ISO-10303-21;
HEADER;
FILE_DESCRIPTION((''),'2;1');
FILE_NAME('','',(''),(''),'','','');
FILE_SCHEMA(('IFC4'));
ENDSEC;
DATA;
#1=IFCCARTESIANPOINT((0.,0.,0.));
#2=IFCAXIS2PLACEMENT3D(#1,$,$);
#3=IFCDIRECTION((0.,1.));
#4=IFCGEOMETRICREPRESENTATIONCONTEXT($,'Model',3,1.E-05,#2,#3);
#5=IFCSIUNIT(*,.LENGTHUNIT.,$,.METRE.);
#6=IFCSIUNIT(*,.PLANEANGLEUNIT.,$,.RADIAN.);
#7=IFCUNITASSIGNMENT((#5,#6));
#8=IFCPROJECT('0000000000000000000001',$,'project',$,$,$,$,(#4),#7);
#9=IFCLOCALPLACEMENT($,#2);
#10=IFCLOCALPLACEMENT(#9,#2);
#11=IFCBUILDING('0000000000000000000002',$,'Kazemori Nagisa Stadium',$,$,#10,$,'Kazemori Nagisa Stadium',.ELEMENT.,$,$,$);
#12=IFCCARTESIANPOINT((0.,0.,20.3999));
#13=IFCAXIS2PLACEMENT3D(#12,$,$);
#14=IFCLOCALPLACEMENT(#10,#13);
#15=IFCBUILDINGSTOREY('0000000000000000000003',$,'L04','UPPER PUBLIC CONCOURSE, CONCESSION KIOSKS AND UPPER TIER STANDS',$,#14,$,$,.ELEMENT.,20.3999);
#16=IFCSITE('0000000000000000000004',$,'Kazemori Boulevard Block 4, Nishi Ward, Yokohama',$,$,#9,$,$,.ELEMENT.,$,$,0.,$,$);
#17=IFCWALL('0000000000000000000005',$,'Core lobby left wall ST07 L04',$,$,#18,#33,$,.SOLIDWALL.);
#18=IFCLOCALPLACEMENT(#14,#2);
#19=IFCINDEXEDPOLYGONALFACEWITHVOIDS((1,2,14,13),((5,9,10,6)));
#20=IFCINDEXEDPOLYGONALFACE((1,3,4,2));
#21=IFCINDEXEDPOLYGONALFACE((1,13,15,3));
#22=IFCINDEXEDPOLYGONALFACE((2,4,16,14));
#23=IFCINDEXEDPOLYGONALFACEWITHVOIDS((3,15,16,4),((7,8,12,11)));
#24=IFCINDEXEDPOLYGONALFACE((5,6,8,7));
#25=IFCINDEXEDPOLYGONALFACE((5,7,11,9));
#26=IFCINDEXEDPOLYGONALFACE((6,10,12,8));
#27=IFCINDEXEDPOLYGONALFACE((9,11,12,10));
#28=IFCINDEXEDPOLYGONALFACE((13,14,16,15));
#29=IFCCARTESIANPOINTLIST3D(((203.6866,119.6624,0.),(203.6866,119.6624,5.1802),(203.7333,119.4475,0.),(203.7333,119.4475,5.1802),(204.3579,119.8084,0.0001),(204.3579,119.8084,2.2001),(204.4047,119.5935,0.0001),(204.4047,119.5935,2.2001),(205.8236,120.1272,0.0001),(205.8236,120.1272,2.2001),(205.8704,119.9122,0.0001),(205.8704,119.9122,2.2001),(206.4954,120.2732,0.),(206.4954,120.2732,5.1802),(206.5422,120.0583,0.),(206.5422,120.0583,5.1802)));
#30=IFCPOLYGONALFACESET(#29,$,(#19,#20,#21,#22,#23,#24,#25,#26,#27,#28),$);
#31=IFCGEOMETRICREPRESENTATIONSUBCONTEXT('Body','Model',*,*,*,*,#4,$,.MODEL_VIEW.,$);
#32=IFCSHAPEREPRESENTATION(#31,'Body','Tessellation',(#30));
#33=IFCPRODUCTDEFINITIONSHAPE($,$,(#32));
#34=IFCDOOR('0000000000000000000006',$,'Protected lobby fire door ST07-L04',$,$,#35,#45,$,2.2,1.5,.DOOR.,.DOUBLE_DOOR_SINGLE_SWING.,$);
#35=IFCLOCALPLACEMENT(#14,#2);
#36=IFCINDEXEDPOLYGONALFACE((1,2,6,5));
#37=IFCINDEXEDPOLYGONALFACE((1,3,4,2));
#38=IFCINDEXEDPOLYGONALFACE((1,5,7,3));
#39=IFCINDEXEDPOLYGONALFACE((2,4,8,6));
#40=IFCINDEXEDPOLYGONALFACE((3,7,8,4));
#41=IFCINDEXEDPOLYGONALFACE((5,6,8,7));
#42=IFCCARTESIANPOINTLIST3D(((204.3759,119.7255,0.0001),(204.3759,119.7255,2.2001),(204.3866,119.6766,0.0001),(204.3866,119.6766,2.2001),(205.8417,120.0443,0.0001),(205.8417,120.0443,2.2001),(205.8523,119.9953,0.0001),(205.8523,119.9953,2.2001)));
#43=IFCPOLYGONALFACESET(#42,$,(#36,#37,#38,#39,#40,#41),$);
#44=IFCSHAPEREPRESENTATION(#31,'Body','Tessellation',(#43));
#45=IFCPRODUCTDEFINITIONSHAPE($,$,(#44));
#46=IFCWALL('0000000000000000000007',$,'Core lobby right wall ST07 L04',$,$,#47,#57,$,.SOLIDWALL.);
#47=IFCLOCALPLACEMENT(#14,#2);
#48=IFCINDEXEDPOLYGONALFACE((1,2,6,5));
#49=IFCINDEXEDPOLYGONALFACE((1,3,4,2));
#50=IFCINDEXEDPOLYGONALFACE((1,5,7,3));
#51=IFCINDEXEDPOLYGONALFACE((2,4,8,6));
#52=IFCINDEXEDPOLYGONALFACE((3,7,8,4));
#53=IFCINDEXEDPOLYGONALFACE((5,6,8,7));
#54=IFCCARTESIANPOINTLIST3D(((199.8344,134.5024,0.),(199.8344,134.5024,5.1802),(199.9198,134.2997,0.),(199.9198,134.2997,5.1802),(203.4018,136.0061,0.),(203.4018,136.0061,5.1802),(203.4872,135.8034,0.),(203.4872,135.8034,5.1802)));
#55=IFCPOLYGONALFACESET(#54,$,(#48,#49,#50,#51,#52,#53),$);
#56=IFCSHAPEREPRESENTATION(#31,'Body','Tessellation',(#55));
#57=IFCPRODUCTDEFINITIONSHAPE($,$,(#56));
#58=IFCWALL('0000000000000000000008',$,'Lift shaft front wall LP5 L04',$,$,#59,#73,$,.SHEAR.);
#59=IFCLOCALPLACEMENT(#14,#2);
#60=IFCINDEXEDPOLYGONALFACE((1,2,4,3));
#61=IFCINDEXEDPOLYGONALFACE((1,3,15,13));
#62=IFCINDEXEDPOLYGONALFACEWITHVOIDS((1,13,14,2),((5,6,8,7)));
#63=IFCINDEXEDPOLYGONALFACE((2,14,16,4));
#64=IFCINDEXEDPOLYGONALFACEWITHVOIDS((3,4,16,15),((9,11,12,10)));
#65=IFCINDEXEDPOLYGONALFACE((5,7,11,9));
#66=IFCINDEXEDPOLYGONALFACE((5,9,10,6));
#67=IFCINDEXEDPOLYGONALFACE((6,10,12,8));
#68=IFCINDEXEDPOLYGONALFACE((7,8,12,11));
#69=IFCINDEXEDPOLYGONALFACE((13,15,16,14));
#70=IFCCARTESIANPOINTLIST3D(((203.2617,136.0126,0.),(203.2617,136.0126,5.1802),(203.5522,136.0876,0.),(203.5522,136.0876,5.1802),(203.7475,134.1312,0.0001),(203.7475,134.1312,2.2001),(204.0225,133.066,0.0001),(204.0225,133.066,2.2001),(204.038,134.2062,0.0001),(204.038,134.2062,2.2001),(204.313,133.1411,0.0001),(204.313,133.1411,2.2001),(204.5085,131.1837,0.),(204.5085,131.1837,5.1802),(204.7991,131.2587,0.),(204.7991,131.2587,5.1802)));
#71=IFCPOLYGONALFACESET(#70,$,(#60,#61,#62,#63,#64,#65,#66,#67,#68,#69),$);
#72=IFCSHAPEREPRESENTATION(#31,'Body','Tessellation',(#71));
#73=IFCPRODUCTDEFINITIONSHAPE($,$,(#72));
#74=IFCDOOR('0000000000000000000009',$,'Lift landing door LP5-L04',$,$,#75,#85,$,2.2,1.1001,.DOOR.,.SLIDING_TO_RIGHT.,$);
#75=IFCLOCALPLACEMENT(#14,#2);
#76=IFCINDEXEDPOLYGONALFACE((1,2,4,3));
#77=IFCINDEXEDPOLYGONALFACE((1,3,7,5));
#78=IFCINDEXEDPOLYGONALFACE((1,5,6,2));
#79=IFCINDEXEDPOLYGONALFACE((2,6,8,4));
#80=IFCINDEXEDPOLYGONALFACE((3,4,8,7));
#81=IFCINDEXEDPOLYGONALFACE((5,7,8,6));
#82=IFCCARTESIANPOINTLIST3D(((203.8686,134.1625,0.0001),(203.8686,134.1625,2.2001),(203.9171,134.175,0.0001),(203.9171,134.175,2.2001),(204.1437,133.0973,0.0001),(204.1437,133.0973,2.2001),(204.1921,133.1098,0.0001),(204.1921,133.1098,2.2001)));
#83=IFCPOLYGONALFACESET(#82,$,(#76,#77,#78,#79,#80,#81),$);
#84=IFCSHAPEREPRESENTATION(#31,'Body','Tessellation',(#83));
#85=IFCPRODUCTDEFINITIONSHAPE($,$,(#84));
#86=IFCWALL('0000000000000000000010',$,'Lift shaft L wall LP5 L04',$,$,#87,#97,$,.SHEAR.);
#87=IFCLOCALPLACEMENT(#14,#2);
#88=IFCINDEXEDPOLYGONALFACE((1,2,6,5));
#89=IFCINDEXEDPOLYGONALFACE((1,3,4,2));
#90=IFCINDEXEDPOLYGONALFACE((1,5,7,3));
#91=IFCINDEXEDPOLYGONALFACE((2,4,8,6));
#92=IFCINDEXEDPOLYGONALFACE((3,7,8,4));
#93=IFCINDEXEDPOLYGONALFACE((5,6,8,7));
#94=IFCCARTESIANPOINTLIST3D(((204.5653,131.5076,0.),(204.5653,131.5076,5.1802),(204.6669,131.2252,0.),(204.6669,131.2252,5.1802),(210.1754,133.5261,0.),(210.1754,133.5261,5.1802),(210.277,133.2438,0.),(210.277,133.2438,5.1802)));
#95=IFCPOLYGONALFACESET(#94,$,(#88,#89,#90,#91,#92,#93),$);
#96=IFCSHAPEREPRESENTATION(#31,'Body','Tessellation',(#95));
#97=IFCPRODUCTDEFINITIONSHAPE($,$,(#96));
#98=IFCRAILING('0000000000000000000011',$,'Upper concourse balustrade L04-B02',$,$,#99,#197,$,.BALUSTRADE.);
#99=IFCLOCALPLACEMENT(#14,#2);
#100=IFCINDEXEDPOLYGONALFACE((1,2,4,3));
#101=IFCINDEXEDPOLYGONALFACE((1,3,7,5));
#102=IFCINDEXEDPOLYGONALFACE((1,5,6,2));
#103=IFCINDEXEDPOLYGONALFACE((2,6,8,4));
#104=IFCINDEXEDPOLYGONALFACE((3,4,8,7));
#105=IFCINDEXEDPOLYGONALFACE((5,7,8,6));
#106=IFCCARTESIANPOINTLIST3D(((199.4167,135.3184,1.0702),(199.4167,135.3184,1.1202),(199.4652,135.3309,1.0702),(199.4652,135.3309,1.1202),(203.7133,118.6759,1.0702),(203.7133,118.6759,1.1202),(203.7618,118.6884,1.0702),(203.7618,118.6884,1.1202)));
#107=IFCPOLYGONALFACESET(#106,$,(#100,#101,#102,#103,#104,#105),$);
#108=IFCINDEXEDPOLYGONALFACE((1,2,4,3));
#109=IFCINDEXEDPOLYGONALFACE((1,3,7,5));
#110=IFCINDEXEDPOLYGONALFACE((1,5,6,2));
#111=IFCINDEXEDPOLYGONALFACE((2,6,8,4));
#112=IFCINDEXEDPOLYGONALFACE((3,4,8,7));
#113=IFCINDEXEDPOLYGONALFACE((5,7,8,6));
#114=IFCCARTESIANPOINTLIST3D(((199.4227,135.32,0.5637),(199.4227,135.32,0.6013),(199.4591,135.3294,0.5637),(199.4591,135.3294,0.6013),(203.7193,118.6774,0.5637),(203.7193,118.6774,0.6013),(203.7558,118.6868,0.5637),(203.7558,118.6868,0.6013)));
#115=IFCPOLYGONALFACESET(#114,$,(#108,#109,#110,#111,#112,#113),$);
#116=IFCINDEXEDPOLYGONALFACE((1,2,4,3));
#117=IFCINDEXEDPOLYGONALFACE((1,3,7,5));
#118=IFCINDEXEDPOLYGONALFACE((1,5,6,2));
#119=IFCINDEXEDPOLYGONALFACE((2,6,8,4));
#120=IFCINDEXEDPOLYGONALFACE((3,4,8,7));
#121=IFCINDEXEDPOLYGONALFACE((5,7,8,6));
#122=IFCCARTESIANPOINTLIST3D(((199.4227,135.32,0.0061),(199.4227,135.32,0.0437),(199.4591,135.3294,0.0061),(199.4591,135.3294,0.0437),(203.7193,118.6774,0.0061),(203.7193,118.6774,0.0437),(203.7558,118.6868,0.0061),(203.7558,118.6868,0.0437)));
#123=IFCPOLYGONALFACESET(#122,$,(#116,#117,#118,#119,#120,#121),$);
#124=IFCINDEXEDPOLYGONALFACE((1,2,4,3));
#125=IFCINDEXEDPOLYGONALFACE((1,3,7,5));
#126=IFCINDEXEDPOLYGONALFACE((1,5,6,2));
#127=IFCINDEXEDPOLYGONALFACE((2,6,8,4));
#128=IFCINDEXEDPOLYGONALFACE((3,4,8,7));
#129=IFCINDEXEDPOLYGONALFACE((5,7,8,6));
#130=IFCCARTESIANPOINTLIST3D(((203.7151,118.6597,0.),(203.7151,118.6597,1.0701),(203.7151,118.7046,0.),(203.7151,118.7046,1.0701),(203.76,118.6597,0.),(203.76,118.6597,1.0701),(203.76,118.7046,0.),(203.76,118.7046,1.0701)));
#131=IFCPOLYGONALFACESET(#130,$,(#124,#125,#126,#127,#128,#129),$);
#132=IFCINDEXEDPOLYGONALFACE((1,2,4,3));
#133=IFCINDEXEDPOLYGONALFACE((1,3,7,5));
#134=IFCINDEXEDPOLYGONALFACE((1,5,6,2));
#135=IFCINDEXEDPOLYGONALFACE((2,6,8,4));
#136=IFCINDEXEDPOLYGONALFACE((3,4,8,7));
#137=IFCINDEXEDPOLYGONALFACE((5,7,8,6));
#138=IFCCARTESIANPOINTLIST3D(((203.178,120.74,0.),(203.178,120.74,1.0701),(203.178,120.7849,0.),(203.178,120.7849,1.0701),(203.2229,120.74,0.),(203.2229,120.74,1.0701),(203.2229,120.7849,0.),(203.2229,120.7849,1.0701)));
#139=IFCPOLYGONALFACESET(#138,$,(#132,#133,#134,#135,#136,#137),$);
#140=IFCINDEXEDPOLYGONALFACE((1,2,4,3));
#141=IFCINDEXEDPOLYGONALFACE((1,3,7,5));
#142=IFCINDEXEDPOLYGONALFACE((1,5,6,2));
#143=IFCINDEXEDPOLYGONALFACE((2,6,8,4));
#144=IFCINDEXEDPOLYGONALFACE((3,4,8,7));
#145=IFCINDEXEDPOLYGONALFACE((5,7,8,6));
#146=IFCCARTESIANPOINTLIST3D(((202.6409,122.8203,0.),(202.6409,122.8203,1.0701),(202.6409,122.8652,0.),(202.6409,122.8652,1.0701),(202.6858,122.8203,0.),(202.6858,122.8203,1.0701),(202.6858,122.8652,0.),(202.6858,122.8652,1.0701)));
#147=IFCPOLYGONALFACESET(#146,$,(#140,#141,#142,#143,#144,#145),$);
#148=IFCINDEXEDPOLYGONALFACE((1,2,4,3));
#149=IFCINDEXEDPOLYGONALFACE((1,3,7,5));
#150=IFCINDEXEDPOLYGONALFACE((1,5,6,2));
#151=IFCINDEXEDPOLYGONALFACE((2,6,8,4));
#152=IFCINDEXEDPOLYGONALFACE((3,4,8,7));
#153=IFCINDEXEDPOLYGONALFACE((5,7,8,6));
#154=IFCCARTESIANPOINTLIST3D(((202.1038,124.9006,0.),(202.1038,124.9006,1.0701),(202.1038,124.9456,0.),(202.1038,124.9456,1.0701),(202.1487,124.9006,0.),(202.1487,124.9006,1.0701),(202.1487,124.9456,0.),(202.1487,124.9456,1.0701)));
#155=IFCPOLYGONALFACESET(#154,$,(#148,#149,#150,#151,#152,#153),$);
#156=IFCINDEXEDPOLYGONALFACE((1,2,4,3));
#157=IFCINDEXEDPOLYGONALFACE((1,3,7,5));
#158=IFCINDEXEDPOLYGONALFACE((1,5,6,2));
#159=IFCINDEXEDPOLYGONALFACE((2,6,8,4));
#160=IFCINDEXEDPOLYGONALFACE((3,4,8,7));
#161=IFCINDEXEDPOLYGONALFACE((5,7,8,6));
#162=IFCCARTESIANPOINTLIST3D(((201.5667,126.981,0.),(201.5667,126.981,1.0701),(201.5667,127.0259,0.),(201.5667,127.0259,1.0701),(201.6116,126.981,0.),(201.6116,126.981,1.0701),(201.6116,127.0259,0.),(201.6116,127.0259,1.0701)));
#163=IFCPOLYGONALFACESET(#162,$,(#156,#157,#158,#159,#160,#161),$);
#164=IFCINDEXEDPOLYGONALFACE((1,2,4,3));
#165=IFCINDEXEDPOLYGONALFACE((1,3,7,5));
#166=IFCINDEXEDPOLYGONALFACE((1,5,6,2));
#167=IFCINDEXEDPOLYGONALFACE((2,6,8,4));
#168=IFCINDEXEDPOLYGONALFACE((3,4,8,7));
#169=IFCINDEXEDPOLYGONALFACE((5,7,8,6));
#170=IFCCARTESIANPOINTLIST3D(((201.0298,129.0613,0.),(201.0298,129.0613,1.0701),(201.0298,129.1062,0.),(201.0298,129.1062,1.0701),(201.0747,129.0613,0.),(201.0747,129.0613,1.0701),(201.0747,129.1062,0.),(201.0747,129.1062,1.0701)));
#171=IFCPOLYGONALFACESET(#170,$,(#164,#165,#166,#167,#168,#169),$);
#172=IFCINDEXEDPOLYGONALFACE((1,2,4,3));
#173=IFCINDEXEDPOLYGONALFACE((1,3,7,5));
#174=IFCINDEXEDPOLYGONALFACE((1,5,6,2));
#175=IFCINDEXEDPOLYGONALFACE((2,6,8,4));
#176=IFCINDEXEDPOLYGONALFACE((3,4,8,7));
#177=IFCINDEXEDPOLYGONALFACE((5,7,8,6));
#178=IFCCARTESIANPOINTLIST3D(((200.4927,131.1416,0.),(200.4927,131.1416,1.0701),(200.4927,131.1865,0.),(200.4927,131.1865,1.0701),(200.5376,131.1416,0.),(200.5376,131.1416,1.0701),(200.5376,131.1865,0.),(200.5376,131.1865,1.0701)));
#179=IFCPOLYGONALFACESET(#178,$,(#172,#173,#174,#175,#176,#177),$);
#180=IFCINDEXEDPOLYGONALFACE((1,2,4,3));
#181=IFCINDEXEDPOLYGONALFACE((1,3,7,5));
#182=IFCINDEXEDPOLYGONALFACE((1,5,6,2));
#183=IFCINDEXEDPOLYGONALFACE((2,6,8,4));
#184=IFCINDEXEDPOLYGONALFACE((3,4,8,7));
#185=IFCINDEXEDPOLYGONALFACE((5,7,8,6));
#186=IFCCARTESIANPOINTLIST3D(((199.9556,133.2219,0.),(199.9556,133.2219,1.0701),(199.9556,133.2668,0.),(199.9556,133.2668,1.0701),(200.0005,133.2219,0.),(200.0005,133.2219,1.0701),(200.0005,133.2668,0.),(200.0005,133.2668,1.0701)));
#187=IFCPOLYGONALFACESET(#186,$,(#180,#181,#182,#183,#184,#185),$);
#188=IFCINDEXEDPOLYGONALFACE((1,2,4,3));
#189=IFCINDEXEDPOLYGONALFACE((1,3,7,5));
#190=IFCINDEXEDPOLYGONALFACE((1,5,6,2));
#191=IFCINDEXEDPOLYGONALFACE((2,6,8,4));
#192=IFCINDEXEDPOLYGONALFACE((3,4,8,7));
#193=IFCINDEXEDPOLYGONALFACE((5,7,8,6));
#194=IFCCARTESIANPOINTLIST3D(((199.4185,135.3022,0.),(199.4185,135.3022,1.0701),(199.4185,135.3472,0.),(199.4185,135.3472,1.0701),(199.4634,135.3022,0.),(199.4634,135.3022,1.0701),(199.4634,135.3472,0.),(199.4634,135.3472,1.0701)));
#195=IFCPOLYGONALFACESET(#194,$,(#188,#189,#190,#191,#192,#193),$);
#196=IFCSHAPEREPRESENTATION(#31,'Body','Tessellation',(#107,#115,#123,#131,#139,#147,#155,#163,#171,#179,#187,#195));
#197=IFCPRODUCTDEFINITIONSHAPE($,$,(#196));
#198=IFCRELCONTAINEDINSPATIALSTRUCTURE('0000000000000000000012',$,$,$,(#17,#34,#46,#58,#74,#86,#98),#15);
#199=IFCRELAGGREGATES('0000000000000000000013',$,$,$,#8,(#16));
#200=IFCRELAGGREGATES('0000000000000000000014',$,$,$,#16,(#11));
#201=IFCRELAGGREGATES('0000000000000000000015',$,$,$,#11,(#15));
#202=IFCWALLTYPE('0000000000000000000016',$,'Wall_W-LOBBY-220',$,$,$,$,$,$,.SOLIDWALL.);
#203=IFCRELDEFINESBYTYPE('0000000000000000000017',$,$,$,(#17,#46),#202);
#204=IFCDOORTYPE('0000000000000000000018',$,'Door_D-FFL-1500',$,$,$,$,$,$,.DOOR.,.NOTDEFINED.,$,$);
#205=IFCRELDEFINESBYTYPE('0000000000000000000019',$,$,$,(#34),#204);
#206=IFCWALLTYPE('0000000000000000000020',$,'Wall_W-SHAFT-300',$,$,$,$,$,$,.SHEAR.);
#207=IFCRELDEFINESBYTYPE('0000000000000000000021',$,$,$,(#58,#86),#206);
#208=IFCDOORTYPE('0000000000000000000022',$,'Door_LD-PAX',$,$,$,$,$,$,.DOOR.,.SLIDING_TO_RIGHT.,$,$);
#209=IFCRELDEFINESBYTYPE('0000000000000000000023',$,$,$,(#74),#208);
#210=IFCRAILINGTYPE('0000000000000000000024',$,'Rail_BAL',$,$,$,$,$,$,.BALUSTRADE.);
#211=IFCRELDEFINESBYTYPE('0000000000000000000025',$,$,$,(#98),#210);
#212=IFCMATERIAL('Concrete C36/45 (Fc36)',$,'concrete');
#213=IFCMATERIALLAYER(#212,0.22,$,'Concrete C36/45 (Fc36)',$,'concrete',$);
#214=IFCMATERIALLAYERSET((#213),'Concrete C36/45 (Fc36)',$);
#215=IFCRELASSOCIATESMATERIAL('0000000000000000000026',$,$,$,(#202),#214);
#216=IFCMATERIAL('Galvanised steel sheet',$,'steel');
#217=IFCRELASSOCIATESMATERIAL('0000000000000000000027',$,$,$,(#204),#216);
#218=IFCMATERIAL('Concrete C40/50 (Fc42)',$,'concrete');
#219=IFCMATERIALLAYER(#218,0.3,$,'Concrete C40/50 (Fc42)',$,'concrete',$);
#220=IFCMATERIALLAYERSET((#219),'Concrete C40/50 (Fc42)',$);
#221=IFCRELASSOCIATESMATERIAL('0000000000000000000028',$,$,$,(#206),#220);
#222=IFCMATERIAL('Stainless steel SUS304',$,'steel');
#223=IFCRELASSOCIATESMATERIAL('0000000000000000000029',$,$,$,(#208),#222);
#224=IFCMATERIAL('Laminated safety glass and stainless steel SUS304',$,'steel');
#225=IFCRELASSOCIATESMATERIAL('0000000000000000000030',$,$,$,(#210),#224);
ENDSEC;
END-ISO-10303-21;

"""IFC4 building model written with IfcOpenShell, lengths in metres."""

from ifc_helpers import new_model, si_unit, direction, frame, frame_2d, origin, origin_2d, place, context, subcontext, project, spatial, rectangle, extrude, material, layer, layer_set, type_object, element, fill, save


model = new_model("IFC4")

# Units and contexts
model_context = context("Model", 3, precision=1e-05, world=origin(), true_north=direction((0.0, 1.0)))
body_context = subcontext(model_context, "Body", "Model", "MODEL_VIEW")
ifc_project = project(units=[si_unit("LENGTHUNIT", "METRE"), si_unit("PLANEANGLEUNIT", "RADIAN")], contexts=[model_context])

# Site, building, storey
site_placement = place(None, origin())
site = spatial("IfcSite", under=ifc_project, at=site_placement, Name="Kazemori Boulevard Block 4, Nishi Ward, Yokohama", CompositionType="ELEMENT", RefElevation=0.0)
building_placement = place(site_placement, origin())
building = spatial("IfcBuilding", under=site, at=building_placement, Name="Kazemori Nagisa Stadium", LongName="Kazemori Nagisa Stadium", CompositionType="ELEMENT")
storey_placement = place(building_placement, frame((0.0, 0.0, 20.3999)))
storey = spatial("IfcBuildingStorey", under=building, at=storey_placement, Name="L04", Description="UPPER PUBLIC CONCOURSE, CONCESSION KIOSKS AND UPPER TIER STANDS", CompositionType="ELEMENT", Elevation=20.3999)

# Shared definitions
ifc_material_1 = material(Name="Concrete C40/50 (Fc42)", Category="concrete")
ifc_material_2 = material(Name="Concrete C36/45 (Fc36)", Category="concrete")
ifc_layer_1 = layer(ifc_material_2, 0.22, Name="Concrete C36/45 (Fc36)", Category="concrete")
ifc_layer_set_1 = layer_set([ifc_layer_1], Name="Concrete C36/45 (Fc36)")
wall_type_1 = type_object("IfcWallType", Name="Wall_W-LOBBY-220", PredefinedType="SOLIDWALL", material=ifc_layer_set_1)

# Wall, opening, door
wall_1_placement = place(storey_placement, frame((203.71, 119.5549, 0.0), z_axis=(0.0, 0.0, 1.0), x_axis=(0.97716, 0.212504, 0.0)))
wall_1 = element("IfcWall", 1, at=wall_1_placement, inside=storey, type_object=wall_type_1, Name="Core lobby left wall ST07 L04", PredefinedType="SOLIDWALL", context=body_context, shape_type="SweptSolid", body=[
    extrude(rectangle(XDim=2.8745, YDim=0.22, at=frame_2d((1.4373, 0.0))), origin(), (0.0, 0.0, 1.0), 5.1802),
])
opening_1_placement = place(wall_1_placement, frame((0.687, 0.0, 0.0)))
opening_1 = element("IfcOpeningElement", 2, at=opening_1_placement, cuts=wall_1, PredefinedType="OPENING", context=body_context, shape_type="SweptSolid", body=[
    extrude(rectangle(XDim=1.5, YDim=2.2, at=frame_2d((0.75, 1.1001))), frame((0.0, 0.1199, 0.0), z_axis=(0.0, -1.0, 0.0), x_axis=(1.0, 0.0, 0.0)), (0.0, 0.0, 1.0), 0.24),
])
ifc_material_3 = material(Name="Galvanised steel sheet", Category="steel")
door_type_1 = type_object("IfcDoorType", Name="Door_D-FFL-1500", OperationType="NOTDEFINED", PredefinedType="DOOR", material=ifc_material_3)
door_1_placement = place(opening_1_placement, frame((1.5, 0.0, 0.0), z_axis=(0.0, 0.0, 1.0), x_axis=(-1.0, 0.0, 0.0)))
door_1 = element("IfcDoor", 3, at=door_1_placement, inside=storey, type_object=door_type_1, Name="Protected lobby fire door ST07-L04", OperationType="DOUBLE_DOOR_SINGLE_SWING", OverallHeight=2.2, OverallWidth=1.5, PredefinedType="DOOR", context=body_context, shape_type="SweptSolid", body=[
    extrude(rectangle(XDim=1.5, YDim=2.2, at=frame_2d((0.75, 1.1001))), frame((0.0, 0.0249, 0.0), z_axis=(0.0, -1.0, 0.0), x_axis=(1.0, 0.0, 0.0)), (0.0, 0.0, 1.0), 0.05),
])
fill(opening_1, door_1)

# Wall
wall_2_placement = place(storey_placement, frame((199.8772, 134.4011, 0.0), z_axis=(0.0, 0.0, 1.0), x_axis=(0.921487, 0.388409, 0.0)))
element("IfcWall", 4, at=wall_2_placement, inside=storey, type_object=wall_type_1, Name="Core lobby right wall ST07 L04", PredefinedType="SOLIDWALL", context=body_context, shape_type="SweptSolid", body=[
    extrude(rectangle(XDim=3.8713, YDim=0.22, at=frame_2d((1.9355, 0.0))), origin(), (0.0, 0.0, 1.0), 5.1802),
])

# Wall, opening, door
ifc_layer_2 = layer(ifc_material_1, 0.3, Name="Concrete C40/50 (Fc42)", Category="concrete")
ifc_layer_set_2 = layer_set([ifc_layer_2], Name="Concrete C40/50 (Fc42)")
wall_type_2 = type_object("IfcWallType", Name="Wall_W-SHAFT-300", PredefinedType="SHEAR", material=ifc_layer_set_2)
wall_3_placement = place(storey_placement, frame((204.6538, 131.2212, 0.0), z_axis=(0.0, 0.0, 1.0), x_axis=(-0.250004, 0.968245, 0.0)))
wall_3 = element("IfcWall", 5, at=wall_3_placement, inside=storey, type_object=wall_type_2, Name="Lift shaft front wall LP5 L04", PredefinedType="SHEAR", context=body_context, shape_type="SweptSolid", body=[
    extrude(rectangle(XDim=4.9873, YDim=0.3, at=frame_2d((2.4937, 0.0))), origin(), (0.0, 0.0, 1.0), 5.1802),
])
opening_2_placement = place(wall_3_placement, frame((1.9441, 0.0, 0.0)))
opening_2 = element("IfcOpeningElement", 6, at=opening_2_placement, cuts=wall_3, PredefinedType="OPENING", context=body_context, shape_type="SweptSolid", body=[
    extrude(rectangle(XDim=1.1001, YDim=2.2, at=frame_2d((0.55, 1.1001))), frame((0.0, 0.1599, 0.0), z_axis=(0.0, -1.0, 0.0), x_axis=(1.0, 0.0, 0.0)), (0.0, 0.0, 1.0), 0.3201),
])
ifc_material_4 = material(Name="Stainless steel SUS304", Category="steel")
door_type_2 = type_object("IfcDoorType", Name="Door_LD-PAX", OperationType="SLIDING_TO_RIGHT", PredefinedType="DOOR", material=ifc_material_4)
door_2_placement = place(opening_2_placement, origin())
door_2 = element("IfcDoor", 7, at=door_2_placement, inside=storey, type_object=door_type_2, Name="Lift landing door LP5-L04", OperationType="SLIDING_TO_RIGHT", OverallHeight=2.2, OverallWidth=1.1001, PredefinedType="DOOR", context=body_context, shape_type="SweptSolid", body=[
    extrude(rectangle(XDim=1.1001, YDim=2.2, at=frame_2d((0.55, 1.1001))), frame((0.0, 0.0249, 0.0), z_axis=(0.0, -1.0, 0.0), x_axis=(1.0, 0.0, 0.0)), (0.0, 0.0, 1.0), 0.05),
])
fill(opening_2, door_2)

# Wall
wall_4_placement = place(storey_placement, frame((204.6162, 131.3665, 0.0), z_axis=(0.0, 0.0, 1.0), x_axis=(0.940945, 0.338559, 0.0)))
element("IfcWall", 8, at=wall_4_placement, inside=storey, type_object=wall_type_2, Name="Lift shaft L wall LP5 L04", PredefinedType="SHEAR", context=body_context, shape_type="SweptSolid", body=[
    extrude(rectangle(XDim=5.9622, YDim=0.3, at=frame_2d((2.981, 0.0))), origin(), (0.0, 0.0, 1.0), 5.1802),
])

# Railing
ifc_material_5 = material(Name="Laminated safety glass and stainless steel SUS304", Category="steel")
railing_type_1 = type_object("IfcRailingType", Name="Rail_BAL", PredefinedType="BALUSTRADE", material=ifc_material_5)
railing_1_placement = place(storey_placement, frame((203.7375, 118.6821, 0.0)))
element("IfcRailing", 9, at=railing_1_placement, inside=storey, type_object=railing_type_1, Name="Upper concourse balustrade L04-B02", PredefinedType="BALUSTRADE", context=body_context, shape_type="SweptSolid", body=[
    extrude(rectangle(XDim=0.05, YDim=0.05, at=origin_2d()), frame((0.0, 0.0, 1.0952), z_axis=(-0.249975, 0.968252, 0.0), x_axis=(-0.968252, -0.249975, 0.0)), (0.0, 0.0, 1.0), 17.1882),
    extrude(rectangle(XDim=0.0376, YDim=0.0376, at=origin_2d()), frame((0.0, 0.0, 0.5825), z_axis=(-0.249975, 0.968252, 0.0), x_axis=(-0.968252, -0.249975, 0.0)), (0.0, 0.0, 1.0), 17.1882),
    extrude(rectangle(XDim=0.0376, YDim=0.0376, at=origin_2d()), frame((0.0, 0.0, 0.0249), z_axis=(-0.249975, 0.968252, 0.0), x_axis=(-0.968252, -0.249975, 0.0)), (0.0, 0.0, 1.0), 17.1882),
    extrude(rectangle(XDim=0.0449, YDim=0.0449, at=origin_2d()), origin(), (0.0, 0.0, 1.0), 1.0701),
    extrude(rectangle(XDim=0.0449, YDim=0.0449, at=origin_2d()), frame((-0.5371, 2.0803, 0.0)), (0.0, 0.0, 1.0), 1.0701),
    extrude(rectangle(XDim=0.0449, YDim=0.0449, at=origin_2d()), frame((-1.0742, 4.1606, 0.0)), (0.0, 0.0, 1.0), 1.0701),
    extrude(rectangle(XDim=0.0449, YDim=0.0449, at=origin_2d()), frame((-1.6113, 6.241, 0.0)), (0.0, 0.0, 1.0), 1.0701),
    extrude(rectangle(XDim=0.0449, YDim=0.0449, at=origin_2d()), frame((-2.1484, 8.3213, 0.0)), (0.0, 0.0, 1.0), 1.0701),
    extrude(rectangle(XDim=0.0449, YDim=0.0449, at=origin_2d()), frame((-2.6853, 10.4016, 0.0)), (0.0, 0.0, 1.0), 1.0701),
    extrude(rectangle(XDim=0.0449, YDim=0.0449, at=origin_2d()), frame((-3.2224, 12.4819, 0.0)), (0.0, 0.0, 1.0), 1.0701),
    extrude(rectangle(XDim=0.0449, YDim=0.0449, at=origin_2d()), frame((-3.7595, 14.5623, 0.0)), (0.0, 0.0, 1.0), 1.0701),
    extrude(rectangle(XDim=0.0449, YDim=0.0449, at=origin_2d()), frame((-4.2966, 16.6426, 0.0)), (0.0, 0.0, 1.0), 1.0701),
])

save(model, "model.ifc")
